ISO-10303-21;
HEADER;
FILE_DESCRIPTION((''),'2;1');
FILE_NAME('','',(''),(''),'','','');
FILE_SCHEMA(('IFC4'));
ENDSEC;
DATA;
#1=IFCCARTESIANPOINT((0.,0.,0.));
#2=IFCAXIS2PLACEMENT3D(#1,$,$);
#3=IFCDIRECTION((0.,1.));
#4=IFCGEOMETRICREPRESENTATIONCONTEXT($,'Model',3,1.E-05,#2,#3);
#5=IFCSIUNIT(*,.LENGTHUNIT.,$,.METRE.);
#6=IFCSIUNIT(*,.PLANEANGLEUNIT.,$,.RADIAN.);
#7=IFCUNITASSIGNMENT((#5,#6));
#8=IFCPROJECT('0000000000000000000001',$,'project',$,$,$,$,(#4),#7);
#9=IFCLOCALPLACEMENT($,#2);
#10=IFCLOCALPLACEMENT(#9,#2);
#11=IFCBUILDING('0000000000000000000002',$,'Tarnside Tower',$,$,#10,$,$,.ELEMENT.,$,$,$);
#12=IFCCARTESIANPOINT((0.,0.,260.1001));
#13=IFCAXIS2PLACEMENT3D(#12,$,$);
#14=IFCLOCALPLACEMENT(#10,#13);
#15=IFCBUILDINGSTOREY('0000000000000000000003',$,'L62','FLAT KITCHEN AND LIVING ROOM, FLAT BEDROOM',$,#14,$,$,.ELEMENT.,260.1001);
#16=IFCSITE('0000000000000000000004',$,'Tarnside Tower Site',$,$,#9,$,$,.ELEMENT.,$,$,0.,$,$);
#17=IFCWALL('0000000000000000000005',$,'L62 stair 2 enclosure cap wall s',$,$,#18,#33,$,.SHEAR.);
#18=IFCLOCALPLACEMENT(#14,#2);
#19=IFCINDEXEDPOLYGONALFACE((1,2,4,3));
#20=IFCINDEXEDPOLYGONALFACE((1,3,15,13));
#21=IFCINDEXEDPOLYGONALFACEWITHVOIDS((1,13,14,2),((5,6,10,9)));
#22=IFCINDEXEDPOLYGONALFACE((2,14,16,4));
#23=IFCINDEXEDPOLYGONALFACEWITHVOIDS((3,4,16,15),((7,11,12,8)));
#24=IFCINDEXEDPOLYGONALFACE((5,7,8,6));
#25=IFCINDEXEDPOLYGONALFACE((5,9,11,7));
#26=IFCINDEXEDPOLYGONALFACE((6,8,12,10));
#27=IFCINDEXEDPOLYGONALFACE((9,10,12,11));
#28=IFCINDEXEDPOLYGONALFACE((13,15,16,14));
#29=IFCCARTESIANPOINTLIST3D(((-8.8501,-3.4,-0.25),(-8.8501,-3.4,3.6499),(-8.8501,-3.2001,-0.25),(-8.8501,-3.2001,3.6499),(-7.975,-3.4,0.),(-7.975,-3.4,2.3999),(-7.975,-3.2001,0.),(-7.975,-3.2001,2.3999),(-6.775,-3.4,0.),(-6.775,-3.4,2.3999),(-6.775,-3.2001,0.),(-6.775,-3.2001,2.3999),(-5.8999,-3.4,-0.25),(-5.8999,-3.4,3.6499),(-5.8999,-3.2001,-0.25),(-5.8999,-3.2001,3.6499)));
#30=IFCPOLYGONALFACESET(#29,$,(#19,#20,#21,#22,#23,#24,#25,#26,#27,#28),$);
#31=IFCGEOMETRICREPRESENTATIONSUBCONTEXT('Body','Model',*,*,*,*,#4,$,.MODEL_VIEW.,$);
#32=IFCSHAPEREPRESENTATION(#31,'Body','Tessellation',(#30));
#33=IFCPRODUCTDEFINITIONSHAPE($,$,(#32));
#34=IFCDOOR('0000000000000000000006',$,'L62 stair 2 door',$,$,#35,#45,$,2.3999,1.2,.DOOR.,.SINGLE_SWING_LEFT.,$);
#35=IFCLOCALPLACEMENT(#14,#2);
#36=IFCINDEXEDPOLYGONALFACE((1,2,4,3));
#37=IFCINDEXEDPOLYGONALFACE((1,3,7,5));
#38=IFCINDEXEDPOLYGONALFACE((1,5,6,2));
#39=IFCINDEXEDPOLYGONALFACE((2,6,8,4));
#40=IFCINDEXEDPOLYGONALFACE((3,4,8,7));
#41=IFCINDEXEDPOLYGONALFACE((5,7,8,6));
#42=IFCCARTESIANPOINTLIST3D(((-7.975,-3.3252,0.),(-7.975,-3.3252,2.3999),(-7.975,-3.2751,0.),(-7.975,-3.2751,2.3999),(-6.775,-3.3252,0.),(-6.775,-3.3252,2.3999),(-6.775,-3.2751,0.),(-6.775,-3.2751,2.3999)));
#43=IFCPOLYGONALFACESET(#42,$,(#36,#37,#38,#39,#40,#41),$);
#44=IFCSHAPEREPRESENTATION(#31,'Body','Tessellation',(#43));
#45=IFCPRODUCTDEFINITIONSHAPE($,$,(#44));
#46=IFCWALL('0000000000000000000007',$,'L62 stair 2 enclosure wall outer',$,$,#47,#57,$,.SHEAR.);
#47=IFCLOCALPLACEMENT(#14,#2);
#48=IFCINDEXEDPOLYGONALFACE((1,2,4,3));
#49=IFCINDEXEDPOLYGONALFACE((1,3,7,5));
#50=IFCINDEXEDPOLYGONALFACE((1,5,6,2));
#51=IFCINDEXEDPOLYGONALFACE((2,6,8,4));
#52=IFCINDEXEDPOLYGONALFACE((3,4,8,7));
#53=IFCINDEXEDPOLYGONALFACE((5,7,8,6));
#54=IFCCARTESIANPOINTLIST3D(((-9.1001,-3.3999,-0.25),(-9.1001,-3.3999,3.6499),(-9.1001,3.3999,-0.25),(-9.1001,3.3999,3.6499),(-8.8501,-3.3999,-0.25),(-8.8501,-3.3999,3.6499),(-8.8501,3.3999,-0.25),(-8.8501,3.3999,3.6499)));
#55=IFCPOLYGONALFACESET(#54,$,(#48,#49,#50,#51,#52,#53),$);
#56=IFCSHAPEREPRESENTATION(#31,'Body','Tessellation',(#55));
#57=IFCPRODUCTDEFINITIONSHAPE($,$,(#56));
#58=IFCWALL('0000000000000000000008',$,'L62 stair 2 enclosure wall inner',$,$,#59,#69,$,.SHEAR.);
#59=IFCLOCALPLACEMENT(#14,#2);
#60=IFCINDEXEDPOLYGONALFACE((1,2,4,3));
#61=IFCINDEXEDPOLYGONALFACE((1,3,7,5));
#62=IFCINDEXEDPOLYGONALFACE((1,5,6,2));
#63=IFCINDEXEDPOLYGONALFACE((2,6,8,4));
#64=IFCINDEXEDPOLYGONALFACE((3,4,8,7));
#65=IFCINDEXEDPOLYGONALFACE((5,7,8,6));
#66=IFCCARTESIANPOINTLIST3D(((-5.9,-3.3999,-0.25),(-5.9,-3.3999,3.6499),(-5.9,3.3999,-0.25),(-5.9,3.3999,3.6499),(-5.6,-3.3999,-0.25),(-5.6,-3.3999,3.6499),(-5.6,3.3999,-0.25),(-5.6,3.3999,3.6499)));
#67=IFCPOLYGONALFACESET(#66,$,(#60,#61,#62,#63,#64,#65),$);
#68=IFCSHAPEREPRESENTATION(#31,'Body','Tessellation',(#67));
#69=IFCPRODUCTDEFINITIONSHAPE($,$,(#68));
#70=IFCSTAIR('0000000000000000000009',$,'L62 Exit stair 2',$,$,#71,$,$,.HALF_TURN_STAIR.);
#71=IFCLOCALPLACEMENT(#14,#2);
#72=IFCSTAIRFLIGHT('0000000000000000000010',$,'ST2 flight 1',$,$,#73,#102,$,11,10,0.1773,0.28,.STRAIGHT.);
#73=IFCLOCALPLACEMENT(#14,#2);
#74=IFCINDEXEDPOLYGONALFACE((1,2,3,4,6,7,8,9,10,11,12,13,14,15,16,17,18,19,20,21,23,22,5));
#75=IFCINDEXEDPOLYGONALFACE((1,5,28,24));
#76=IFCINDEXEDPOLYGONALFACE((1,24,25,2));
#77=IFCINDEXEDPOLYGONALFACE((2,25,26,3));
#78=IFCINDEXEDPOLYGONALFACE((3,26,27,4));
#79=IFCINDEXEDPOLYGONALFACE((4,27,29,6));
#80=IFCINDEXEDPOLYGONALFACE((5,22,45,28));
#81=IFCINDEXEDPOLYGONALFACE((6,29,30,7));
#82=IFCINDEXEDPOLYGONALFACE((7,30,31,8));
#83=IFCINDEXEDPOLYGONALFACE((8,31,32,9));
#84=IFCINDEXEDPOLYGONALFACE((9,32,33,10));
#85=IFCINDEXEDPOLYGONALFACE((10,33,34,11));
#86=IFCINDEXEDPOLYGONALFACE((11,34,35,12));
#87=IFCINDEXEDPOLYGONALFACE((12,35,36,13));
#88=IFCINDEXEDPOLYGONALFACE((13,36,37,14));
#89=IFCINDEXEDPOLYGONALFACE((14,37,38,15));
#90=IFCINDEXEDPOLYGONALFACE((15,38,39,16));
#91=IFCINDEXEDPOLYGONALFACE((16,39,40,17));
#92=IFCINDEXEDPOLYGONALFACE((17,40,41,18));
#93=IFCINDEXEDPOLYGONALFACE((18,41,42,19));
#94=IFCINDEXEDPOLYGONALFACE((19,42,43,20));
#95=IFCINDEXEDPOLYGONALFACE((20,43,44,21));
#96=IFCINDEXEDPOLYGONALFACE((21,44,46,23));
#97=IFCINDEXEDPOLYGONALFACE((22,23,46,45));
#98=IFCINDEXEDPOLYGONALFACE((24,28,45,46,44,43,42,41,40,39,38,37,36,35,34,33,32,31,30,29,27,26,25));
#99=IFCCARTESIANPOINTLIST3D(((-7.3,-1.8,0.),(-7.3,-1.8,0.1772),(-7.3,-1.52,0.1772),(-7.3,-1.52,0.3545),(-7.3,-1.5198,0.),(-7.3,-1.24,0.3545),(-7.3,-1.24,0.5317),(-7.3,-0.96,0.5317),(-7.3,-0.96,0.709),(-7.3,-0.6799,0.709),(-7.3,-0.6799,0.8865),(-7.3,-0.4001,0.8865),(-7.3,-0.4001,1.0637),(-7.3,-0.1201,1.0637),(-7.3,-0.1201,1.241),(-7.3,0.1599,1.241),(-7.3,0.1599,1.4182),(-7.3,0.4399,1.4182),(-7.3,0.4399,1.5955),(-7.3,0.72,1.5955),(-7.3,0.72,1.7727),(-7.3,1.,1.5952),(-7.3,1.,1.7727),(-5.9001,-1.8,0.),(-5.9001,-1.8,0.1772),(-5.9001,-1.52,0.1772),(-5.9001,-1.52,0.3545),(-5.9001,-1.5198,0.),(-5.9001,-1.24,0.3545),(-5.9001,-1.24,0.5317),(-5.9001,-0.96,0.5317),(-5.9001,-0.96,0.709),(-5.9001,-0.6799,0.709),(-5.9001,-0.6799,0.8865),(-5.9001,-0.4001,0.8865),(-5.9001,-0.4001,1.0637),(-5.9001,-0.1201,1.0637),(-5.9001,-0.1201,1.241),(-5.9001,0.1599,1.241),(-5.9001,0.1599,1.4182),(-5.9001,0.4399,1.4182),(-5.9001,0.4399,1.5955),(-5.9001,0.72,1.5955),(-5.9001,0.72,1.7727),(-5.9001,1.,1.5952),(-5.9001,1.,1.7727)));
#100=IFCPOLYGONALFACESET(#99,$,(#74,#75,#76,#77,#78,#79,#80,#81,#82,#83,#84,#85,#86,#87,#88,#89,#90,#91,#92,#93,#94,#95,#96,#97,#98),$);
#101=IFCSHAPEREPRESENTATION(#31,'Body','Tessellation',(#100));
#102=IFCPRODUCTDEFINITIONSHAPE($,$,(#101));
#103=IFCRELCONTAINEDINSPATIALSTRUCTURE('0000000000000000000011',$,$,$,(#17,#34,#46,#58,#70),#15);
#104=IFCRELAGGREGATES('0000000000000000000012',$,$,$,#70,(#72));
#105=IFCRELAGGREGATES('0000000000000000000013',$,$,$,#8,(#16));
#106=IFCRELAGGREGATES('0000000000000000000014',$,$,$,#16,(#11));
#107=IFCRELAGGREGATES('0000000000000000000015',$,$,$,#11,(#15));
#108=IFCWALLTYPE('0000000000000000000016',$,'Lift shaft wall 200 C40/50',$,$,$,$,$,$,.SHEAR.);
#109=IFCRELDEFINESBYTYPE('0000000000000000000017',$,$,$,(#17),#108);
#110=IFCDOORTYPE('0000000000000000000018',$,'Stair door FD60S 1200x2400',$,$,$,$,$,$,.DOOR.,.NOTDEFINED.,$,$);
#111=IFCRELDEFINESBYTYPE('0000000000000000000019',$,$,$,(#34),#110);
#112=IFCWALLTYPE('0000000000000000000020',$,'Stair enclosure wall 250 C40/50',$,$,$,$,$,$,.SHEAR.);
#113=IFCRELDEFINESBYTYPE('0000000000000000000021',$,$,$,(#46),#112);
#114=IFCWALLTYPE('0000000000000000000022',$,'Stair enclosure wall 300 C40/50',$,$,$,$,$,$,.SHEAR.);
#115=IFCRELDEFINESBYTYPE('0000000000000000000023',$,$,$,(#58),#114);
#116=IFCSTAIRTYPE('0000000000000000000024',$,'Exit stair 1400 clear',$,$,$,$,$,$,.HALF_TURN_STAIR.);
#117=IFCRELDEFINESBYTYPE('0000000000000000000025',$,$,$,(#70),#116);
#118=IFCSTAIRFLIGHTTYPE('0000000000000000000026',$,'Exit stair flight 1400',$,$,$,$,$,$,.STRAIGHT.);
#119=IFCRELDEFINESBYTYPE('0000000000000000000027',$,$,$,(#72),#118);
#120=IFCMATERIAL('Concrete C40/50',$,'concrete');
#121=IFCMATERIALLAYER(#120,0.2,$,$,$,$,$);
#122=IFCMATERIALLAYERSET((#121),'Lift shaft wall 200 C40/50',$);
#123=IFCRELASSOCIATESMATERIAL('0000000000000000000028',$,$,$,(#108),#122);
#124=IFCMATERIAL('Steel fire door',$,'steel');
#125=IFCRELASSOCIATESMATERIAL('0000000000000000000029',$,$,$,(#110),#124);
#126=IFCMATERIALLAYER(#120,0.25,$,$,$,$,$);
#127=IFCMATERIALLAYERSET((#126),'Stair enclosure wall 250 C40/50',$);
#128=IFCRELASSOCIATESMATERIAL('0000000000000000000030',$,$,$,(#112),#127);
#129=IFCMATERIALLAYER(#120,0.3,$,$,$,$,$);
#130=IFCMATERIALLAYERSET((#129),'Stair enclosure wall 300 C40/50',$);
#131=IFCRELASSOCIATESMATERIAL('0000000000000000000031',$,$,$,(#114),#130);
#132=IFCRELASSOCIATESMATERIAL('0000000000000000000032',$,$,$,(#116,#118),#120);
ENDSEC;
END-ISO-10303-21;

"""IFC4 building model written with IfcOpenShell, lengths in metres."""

from ifc_helpers import new_model, si_unit, direction, frame, frame_2d, origin, place, context, subcontext, project, spatial, polyline, rectangle, outline, extrude, material, layer, layer_set, type_object, element, fill, aggregate, save


model = new_model("IFC4")

# Units and contexts
model_context = context("Model", 3, precision=1e-05, world=origin(), true_north=direction((0.0, 1.0)))
body_context = subcontext(model_context, "Body", "Model", "MODEL_VIEW")
ifc_project = project(units=[si_unit("LENGTHUNIT", "METRE"), si_unit("PLANEANGLEUNIT", "RADIAN")], contexts=[model_context])

# Site, building, storey
site_placement = place(None, origin())
site = spatial("IfcSite", under=ifc_project, at=site_placement, Name="Tarnside Tower Site", CompositionType="ELEMENT", RefElevation=0.0)
building_placement = place(site_placement, origin())
building = spatial("IfcBuilding", under=site, at=building_placement, Name="Tarnside Tower", CompositionType="ELEMENT")
storey_placement = place(building_placement, frame((0.0, 0.0, 260.1001)))
storey = spatial("IfcBuildingStorey", under=building, at=storey_placement, Name="L62", Description="FLAT KITCHEN AND LIVING ROOM, FLAT BEDROOM", CompositionType="ELEMENT", Elevation=260.1001)

# Shared definitions
ifc_material_1 = material(Name="Concrete C40/50", Category="concrete")
ifc_material_2 = material(Name="Steel fire door", Category="steel")

# Shared definitions
ifc_layer_1 = layer(ifc_material_1, 0.2)
ifc_layer_set_1 = layer_set([ifc_layer_1], Name="Lift shaft wall 200 C40/50")
wall_type_1 = type_object("IfcWallType", Name="Lift shaft wall 200 C40/50", PredefinedType="SHEAR", material=ifc_layer_set_1)

# Wall, opening, door
wall_1_placement = place(storey_placement, frame((-8.8501, -3.3, -0.25), z_axis=(0.0, 0.0, 1.0), x_axis=(1.0, 0.0, 0.0)))
wall_1 = element("IfcWall", 1, at=wall_1_placement, inside=storey, type_object=wall_type_1, Name="L62 stair 2 enclosure cap wall s", PredefinedType="SHEAR", context=body_context, shape_type="SweptSolid", body=[
    extrude(rectangle(XDim=2.9502, YDim=0.2, at=frame_2d((1.4751, 0.0))), origin(), (0.0, 0.0, 1.0), 3.8999),
])
opening_1_placement = place(wall_1_placement, frame((0.875, 0.0, 0.25)))
opening_1 = element("IfcOpeningElement", 2, at=opening_1_placement, cuts=wall_1, PredefinedType="OPENING", context=body_context, shape_type="SweptSolid", body=[
    extrude(rectangle(XDim=1.2, YDim=2.3999, at=frame_2d((0.6001, 1.2))), frame((0.0, 0.1099, 0.0), z_axis=(0.0, -1.0, 0.0), x_axis=(1.0, 0.0, 0.0)), (0.0, 0.0, 1.0), 0.22),
])
door_type_1 = type_object("IfcDoorType", Name="Stair door FD60S 1200x2400", OperationType="NOTDEFINED", PredefinedType="DOOR", material=ifc_material_2)
door_1_placement = place(opening_1_placement, origin())
door_1 = element("IfcDoor", 3, at=door_1_placement, inside=storey, type_object=door_type_1, Name="L62 stair 2 door", OperationType="SINGLE_SWING_LEFT", OverallHeight=2.3999, OverallWidth=1.2, PredefinedType="DOOR", context=body_context, shape_type="SweptSolid", body=[
    extrude(rectangle(XDim=1.2, YDim=2.3999, at=frame_2d((0.6001, 1.2))), frame((0.0, 0.0249, 0.0), z_axis=(0.0, -1.0, 0.0), x_axis=(1.0, 0.0, 0.0)), (0.0, 0.0, 1.0), 0.05),
])
fill(opening_1, door_1)

# Walls
ifc_layer_2 = layer(ifc_material_1, 0.25)
ifc_layer_set_2 = layer_set([ifc_layer_2], Name="Stair enclosure wall 250 C40/50")
wall_type_2 = type_object("IfcWallType", Name="Stair enclosure wall 250 C40/50", PredefinedType="SHEAR", material=ifc_layer_set_2)
wall_2_placement = place(storey_placement, frame((-8.9751, -3.3999, -0.25), z_axis=(0.0, 0.0, 1.0), x_axis=(0.0, 1.0, 0.0)))
element("IfcWall", 4, at=wall_2_placement, inside=storey, type_object=wall_type_2, Name="L62 stair 2 enclosure wall outer", PredefinedType="SHEAR", context=body_context, shape_type="SweptSolid", body=[
    extrude(rectangle(XDim=6.7998, YDim=0.25, at=frame_2d((3.3999, 0.0))), origin(), (0.0, 0.0, 1.0), 3.8999),
])
ifc_layer_3 = layer(ifc_material_1, 0.3)
ifc_layer_set_3 = layer_set([ifc_layer_3], Name="Stair enclosure wall 300 C40/50")
wall_type_3 = type_object("IfcWallType", Name="Stair enclosure wall 300 C40/50", PredefinedType="SHEAR", material=ifc_layer_set_3)
wall_3_placement = place(storey_placement, frame((-5.75, -3.3999, -0.25), z_axis=(0.0, 0.0, 1.0), x_axis=(0.0, 1.0, 0.0)))
element("IfcWall", 5, at=wall_3_placement, inside=storey, type_object=wall_type_3, Name="L62 stair 2 enclosure wall inner", PredefinedType="SHEAR", context=body_context, shape_type="SweptSolid", body=[
    extrude(rectangle(XDim=6.7998, YDim=0.3, at=frame_2d((3.3999, 0.0))), origin(), (0.0, 0.0, 1.0), 3.8999),
])

# Stair, stair flight
stair_type = type_object("IfcStairType", Name="Exit stair 1400 clear", PredefinedType="HALF_TURN_STAIR", material=ifc_material_1)
stair_placement = place(storey_placement, origin())
stair = element("IfcStair", 6, at=stair_placement, inside=storey, type_object=stair_type, Name="L62 Exit stair 2", PredefinedType="HALF_TURN_STAIR")
stair_flight_type = type_object("IfcStairFlightType", Name="Exit stair flight 1400", PredefinedType="STRAIGHT", material=ifc_material_1)
stair_flight_placement = place(storey_placement, frame((-6.6001, -1.8, 0.0), z_axis=(0.0, 0.0, 1.0), x_axis=(0.0, 1.0, 0.0)))
stair_flight = element("IfcStairFlight", 7, at=stair_flight_placement, type_object=stair_flight_type, Name="ST2 flight 1", NumberOfRisers=11, NumberOfTreads=10, PredefinedType="STRAIGHT", RiserHeight=0.1773, TreadLength=0.28, context=body_context, shape_type="SweptSolid", body=[
    extrude(outline(polyline([(0.0, 0.0), (0.0, 0.1772), (0.28, 0.1772), (0.28, 0.3545), (0.5601, 0.3545), (0.5601, 0.5317), (0.8401, 0.5317), (0.8401, 0.709), (1.1201, 0.709), (1.1201, 0.8865), (1.3999, 0.8865), (1.3999, 1.0637), (1.6799, 1.0637), (1.6799, 1.241), (1.96, 1.241), (1.96, 1.4182), (2.24, 1.4182), (2.24, 1.5955), (2.52, 1.5955), (2.52, 1.7727), (2.8, 1.7727), (2.8, 1.95), (2.8, 1.5952), (0.2803, 0.0), (0.0, 0.0)])), frame((0.0, 0.7, 0.0), z_axis=(0.0, -1.0, 0.0), x_axis=(1.0, 0.0, 0.0)), (0.0, 0.0, 1.0), 1.3999),
])
aggregate(stair, [stair_flight])

save(model, "model.ifc")
